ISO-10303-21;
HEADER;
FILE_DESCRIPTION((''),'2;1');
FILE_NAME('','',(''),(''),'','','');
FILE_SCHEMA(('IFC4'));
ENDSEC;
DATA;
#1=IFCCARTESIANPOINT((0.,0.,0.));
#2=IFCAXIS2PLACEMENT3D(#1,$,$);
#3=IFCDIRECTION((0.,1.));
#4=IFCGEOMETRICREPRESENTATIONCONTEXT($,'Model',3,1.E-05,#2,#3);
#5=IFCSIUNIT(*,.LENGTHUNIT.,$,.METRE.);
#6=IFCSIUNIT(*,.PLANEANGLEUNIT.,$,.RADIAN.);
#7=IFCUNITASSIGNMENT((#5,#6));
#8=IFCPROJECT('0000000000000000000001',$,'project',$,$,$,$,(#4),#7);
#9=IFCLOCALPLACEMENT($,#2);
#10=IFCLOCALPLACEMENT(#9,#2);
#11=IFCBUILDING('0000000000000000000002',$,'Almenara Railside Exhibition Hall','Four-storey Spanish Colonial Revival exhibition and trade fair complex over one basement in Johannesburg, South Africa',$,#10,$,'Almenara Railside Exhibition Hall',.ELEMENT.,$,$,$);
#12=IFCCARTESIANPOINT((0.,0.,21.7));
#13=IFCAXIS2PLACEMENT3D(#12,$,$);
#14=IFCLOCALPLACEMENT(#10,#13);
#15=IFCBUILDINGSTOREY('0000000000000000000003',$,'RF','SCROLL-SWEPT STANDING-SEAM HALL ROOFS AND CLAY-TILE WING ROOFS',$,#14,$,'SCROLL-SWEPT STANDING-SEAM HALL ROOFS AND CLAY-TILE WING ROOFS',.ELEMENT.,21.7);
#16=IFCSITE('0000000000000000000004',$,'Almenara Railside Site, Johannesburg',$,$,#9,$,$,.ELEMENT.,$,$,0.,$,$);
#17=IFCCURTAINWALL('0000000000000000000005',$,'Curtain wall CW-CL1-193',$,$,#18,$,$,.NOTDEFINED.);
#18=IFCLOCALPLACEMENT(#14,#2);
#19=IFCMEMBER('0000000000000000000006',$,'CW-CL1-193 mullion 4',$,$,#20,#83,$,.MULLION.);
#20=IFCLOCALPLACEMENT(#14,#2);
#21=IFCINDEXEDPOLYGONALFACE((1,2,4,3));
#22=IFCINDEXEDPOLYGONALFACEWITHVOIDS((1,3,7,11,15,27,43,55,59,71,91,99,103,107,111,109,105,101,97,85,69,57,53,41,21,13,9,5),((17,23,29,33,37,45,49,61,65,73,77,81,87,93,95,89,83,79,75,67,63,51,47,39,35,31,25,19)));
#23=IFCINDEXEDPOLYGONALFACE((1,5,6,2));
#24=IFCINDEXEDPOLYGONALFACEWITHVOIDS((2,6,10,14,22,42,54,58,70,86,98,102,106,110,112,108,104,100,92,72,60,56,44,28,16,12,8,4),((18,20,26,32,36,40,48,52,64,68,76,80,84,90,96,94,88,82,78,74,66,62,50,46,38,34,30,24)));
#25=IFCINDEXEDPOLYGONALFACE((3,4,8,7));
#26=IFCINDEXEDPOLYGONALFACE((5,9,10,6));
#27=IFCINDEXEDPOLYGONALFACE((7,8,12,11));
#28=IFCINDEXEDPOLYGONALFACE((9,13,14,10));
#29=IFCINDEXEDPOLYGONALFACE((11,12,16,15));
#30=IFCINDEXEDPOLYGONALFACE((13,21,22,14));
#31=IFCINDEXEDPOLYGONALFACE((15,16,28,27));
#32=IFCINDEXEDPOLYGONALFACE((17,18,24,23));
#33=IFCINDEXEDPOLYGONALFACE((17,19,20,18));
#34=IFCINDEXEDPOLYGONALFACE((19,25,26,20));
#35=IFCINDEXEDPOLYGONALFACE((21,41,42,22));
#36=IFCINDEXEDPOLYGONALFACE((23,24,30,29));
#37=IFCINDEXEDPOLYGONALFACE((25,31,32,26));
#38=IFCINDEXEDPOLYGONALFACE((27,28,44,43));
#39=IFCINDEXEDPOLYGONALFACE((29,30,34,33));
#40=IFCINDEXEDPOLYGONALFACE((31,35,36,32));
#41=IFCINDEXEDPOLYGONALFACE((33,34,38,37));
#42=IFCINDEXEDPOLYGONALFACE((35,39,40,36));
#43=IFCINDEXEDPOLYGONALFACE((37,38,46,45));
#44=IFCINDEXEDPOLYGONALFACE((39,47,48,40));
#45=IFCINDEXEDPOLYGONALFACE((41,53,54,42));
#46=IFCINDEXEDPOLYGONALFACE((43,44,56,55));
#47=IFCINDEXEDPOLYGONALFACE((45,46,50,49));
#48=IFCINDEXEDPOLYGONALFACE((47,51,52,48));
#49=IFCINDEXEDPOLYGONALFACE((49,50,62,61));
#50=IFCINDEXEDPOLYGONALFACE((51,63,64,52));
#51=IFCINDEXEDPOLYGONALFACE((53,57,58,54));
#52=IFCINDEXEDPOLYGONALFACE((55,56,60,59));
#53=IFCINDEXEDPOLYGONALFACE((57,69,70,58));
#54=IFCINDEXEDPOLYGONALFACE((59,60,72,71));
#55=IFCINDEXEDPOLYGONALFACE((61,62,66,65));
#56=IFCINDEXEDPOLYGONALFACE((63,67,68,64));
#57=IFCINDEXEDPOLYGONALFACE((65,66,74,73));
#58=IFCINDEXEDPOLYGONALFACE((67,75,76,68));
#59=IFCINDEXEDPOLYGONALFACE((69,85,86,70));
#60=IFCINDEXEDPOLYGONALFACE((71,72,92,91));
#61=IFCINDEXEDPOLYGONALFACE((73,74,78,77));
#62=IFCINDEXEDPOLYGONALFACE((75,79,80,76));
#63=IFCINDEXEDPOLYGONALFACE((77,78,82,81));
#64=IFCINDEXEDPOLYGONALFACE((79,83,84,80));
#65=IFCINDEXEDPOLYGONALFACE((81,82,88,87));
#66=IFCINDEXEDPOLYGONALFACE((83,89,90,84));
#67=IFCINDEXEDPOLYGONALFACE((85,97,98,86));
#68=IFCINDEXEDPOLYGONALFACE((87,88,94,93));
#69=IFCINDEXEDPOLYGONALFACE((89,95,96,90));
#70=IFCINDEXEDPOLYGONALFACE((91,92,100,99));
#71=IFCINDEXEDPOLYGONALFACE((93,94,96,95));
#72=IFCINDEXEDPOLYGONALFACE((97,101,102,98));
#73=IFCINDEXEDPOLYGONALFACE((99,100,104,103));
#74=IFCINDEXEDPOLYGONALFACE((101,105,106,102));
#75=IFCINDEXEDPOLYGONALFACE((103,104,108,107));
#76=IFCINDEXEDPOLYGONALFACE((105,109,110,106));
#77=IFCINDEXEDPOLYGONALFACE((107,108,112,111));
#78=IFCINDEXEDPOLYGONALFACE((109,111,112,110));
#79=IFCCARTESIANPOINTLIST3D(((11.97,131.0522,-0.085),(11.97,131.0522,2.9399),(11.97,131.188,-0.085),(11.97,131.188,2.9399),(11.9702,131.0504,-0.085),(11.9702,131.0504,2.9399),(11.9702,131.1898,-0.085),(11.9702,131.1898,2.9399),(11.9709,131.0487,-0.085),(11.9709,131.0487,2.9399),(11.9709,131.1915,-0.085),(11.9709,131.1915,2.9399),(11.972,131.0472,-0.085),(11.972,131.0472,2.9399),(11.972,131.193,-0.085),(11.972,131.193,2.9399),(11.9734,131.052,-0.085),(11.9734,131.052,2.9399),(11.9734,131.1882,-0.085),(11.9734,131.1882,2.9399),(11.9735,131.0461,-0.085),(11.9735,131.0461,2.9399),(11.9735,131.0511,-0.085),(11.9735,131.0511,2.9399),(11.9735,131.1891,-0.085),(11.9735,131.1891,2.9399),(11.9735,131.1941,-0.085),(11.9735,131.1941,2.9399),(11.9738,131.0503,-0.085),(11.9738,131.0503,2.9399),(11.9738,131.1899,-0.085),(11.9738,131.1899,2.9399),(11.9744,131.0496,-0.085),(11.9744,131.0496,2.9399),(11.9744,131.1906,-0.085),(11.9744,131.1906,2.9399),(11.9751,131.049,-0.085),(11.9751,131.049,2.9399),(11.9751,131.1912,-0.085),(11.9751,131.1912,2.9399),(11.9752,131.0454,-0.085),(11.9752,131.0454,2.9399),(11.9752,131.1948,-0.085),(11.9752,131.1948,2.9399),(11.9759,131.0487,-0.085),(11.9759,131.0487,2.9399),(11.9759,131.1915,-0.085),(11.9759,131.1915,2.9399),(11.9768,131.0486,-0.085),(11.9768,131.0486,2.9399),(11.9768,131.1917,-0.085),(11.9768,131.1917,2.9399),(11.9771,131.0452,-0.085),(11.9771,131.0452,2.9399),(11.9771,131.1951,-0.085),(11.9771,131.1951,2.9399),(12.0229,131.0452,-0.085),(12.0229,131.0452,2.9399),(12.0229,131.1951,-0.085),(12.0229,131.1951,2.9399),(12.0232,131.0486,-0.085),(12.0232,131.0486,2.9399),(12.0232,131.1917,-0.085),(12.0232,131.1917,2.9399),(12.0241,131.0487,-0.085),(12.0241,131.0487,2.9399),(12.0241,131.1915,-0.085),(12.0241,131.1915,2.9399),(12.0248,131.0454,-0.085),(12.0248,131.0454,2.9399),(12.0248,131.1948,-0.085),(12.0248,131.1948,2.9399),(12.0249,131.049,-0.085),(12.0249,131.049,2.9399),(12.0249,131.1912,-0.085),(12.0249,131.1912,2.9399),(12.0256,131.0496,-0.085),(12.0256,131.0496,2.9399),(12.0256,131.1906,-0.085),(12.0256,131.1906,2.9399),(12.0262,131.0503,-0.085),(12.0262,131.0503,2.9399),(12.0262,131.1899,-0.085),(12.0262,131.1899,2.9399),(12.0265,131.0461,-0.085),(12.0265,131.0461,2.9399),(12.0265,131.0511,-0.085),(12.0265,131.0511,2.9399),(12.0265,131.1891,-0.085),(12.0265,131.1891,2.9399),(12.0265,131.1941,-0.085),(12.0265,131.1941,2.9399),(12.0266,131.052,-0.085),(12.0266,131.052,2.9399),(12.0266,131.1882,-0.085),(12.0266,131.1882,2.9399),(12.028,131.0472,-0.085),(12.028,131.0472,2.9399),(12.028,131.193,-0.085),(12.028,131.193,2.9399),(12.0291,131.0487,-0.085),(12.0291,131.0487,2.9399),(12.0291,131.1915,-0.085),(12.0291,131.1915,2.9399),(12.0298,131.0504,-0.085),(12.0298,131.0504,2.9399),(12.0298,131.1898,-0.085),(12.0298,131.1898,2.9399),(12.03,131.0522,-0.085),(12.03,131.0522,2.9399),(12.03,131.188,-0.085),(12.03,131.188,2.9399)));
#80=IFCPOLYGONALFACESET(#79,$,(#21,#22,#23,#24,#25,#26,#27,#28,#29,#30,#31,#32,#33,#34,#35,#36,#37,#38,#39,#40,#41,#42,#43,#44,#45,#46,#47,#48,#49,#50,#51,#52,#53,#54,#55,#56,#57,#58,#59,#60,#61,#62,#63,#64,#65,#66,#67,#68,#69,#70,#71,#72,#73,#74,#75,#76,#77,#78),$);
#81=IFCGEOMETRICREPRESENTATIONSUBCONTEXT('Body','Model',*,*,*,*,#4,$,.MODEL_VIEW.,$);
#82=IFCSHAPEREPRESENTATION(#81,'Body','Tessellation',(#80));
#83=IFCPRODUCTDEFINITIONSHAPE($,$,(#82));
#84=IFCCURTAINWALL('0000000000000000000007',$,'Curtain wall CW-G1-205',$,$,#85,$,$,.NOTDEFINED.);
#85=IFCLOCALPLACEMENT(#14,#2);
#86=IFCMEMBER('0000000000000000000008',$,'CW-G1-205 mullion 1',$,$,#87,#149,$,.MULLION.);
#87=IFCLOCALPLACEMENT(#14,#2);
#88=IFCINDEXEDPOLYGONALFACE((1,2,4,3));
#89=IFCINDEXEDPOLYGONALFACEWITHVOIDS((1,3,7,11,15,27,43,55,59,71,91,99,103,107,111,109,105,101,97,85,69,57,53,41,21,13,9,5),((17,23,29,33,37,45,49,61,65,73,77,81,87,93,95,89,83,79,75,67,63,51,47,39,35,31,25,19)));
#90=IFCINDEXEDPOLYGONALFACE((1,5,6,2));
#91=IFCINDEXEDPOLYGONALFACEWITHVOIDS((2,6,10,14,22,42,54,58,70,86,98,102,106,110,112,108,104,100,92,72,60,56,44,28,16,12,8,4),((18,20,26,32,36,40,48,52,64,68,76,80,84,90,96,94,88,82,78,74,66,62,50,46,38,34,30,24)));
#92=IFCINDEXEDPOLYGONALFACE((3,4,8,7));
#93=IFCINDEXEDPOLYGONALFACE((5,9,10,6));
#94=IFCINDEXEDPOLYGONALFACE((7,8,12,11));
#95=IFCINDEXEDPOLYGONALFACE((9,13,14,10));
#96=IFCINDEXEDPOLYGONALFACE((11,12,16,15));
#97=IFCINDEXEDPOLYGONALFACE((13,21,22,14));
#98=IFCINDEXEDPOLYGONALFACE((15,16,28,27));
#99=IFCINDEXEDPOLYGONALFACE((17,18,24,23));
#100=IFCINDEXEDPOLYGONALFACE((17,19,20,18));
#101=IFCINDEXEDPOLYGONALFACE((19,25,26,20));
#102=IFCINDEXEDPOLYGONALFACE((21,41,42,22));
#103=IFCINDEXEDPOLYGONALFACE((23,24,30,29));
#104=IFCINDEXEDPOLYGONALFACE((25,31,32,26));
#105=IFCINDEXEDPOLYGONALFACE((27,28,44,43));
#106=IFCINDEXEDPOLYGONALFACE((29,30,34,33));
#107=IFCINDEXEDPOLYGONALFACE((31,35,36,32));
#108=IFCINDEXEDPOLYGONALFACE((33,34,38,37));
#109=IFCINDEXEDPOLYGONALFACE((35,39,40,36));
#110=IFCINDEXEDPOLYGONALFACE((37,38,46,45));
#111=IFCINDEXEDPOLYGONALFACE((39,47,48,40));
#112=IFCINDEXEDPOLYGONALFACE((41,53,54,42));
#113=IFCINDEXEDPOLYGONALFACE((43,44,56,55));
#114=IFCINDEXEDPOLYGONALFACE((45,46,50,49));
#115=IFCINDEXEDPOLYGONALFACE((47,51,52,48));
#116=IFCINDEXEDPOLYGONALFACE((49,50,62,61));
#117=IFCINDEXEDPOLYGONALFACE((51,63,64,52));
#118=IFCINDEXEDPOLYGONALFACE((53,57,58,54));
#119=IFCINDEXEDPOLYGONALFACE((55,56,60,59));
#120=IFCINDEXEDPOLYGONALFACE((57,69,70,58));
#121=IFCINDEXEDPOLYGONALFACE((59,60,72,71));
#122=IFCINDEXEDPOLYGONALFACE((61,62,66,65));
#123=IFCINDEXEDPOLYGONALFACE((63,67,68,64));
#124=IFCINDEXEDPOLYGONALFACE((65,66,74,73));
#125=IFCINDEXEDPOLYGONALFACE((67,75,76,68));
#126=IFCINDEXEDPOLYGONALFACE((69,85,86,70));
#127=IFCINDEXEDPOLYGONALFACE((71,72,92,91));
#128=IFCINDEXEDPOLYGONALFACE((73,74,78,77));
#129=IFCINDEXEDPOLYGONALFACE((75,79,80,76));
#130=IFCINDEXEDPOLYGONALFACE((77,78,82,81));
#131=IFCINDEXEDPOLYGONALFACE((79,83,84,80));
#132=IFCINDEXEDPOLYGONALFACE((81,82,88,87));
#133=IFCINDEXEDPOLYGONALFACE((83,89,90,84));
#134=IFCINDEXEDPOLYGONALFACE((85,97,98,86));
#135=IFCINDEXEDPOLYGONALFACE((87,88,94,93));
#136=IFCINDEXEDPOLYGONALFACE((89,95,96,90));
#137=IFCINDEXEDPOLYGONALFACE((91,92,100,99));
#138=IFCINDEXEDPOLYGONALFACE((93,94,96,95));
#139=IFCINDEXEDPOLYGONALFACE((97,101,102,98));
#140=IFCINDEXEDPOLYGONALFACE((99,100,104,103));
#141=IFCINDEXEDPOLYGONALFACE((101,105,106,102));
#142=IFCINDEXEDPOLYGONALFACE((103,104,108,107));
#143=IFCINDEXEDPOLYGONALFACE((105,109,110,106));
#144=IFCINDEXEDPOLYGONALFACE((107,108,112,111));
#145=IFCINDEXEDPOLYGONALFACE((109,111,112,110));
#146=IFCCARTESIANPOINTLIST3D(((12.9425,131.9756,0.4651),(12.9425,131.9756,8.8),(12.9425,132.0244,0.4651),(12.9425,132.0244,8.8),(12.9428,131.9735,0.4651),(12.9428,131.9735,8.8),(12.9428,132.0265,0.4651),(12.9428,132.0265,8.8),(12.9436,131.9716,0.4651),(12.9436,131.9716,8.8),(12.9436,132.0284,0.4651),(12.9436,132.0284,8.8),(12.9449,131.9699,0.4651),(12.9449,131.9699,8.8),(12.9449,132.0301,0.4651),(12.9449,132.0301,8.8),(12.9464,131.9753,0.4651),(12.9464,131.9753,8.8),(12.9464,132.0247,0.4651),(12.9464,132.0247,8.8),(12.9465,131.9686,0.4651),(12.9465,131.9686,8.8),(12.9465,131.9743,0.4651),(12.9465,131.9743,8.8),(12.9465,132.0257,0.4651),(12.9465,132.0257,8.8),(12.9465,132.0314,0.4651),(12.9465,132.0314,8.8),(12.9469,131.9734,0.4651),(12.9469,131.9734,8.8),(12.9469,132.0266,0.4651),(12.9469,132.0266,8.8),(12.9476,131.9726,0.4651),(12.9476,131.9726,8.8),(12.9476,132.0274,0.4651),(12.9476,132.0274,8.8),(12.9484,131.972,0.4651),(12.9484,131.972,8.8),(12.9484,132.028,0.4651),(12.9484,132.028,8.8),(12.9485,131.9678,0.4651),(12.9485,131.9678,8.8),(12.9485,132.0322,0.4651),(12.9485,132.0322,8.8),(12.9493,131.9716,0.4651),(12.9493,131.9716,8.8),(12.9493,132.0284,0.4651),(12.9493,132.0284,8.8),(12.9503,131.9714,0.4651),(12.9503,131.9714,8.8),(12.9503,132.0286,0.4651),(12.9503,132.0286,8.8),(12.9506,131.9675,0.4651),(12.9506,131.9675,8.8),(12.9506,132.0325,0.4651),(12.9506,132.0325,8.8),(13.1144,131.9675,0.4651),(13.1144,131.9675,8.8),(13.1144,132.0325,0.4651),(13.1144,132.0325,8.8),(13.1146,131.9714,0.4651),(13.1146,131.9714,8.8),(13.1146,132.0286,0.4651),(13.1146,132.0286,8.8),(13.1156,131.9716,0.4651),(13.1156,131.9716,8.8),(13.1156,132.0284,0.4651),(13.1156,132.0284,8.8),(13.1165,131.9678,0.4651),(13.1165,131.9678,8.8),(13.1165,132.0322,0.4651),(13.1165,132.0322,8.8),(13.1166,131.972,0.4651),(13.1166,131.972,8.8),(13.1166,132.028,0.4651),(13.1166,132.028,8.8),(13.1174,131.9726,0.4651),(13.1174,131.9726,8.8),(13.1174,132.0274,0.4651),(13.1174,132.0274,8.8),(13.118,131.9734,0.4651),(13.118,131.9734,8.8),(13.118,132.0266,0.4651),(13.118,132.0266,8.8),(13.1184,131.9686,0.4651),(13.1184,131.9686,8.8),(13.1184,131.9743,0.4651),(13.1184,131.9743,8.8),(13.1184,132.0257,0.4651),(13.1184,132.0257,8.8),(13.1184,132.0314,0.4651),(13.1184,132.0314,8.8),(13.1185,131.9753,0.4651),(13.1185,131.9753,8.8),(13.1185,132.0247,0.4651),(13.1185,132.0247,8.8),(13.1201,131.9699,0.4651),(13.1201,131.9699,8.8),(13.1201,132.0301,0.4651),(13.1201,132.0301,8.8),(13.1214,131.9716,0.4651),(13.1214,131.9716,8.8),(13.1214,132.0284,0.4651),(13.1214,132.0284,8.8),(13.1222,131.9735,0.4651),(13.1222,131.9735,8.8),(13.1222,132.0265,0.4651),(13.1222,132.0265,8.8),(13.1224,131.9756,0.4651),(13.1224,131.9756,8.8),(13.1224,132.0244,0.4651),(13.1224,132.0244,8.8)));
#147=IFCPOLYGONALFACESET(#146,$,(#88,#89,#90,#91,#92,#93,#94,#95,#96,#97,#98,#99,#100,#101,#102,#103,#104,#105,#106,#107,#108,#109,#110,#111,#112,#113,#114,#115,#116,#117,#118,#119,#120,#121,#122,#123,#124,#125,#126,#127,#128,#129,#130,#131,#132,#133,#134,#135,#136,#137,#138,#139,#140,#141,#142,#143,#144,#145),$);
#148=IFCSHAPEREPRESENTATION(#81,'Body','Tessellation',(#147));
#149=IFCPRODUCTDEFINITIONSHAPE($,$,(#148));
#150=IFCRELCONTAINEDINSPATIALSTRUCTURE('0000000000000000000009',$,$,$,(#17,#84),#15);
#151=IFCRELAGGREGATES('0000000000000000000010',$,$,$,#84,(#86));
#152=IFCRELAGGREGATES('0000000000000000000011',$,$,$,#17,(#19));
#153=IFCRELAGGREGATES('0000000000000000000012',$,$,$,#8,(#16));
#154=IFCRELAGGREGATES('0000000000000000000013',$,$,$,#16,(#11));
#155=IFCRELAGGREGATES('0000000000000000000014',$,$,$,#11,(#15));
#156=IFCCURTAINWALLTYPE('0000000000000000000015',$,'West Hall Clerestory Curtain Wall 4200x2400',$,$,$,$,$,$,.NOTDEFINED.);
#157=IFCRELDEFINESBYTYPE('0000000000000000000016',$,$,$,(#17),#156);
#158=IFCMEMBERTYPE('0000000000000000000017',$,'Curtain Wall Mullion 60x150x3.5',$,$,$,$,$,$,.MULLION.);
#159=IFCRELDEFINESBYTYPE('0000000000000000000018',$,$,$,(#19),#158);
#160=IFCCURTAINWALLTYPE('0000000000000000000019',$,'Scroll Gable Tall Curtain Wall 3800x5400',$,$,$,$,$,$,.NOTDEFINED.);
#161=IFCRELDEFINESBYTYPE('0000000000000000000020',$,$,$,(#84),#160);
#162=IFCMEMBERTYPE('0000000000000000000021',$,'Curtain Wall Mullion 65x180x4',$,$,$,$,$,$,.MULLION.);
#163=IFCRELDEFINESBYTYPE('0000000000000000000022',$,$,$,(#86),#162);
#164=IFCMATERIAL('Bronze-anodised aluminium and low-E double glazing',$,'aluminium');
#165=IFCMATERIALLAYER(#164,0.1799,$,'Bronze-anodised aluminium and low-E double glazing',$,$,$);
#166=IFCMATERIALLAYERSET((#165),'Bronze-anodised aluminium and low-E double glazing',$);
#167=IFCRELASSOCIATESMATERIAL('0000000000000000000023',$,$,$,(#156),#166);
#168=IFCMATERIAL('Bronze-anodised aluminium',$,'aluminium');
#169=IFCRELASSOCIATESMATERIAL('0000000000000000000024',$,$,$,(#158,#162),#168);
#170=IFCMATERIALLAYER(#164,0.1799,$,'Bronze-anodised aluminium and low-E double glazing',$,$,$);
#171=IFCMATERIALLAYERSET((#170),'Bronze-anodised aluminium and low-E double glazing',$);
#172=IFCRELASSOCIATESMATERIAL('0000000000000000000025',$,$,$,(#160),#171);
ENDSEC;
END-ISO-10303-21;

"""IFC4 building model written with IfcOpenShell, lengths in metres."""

from ifc_helpers import new_model, si_unit, direction, frame, origin, origin_2d, place, context, subcontext, project, spatial, hollow_rectangle, extrude, material, layer, layer_set, material_profile, profile_set, type_object, element, aggregate, save


model = new_model("IFC4")

# Units and contexts
model_context = context("Model", 3, precision=1e-05, world=origin(), true_north=direction((0.0, 1.0)))
body_context = subcontext(model_context, "Body", "Model", "MODEL_VIEW")
ifc_project = project(units=[si_unit("LENGTHUNIT", "METRE"), si_unit("PLANEANGLEUNIT", "RADIAN")], contexts=[model_context])

# Site, building, storey
site_placement = place(None, origin())
site = spatial("IfcSite", under=ifc_project, at=site_placement, Name="Almenara Railside Site, Johannesburg", CompositionType="ELEMENT", RefElevation=0.0)
building_placement = place(site_placement, origin())
building = spatial("IfcBuilding", under=site, at=building_placement, Name="Almenara Railside Exhibition Hall", Description="Four-storey Spanish Colonial Revival exhibition and trade fair complex over one basement in Johannesburg, South Africa", LongName="Almenara Railside Exhibition Hall", CompositionType="ELEMENT")
storey_placement = place(building_placement, frame((0.0, 0.0, 21.7)))
storey = spatial("IfcBuildingStorey", under=building, at=storey_placement, Name="RF", Description="SCROLL-SWEPT STANDING-SEAM HALL ROOFS AND CLAY-TILE WING ROOFS", LongName="SCROLL-SWEPT STANDING-SEAM HALL ROOFS AND CLAY-TILE WING ROOFS", CompositionType="ELEMENT", Elevation=21.7)

# Curtain walls, members
ifc_material_1 = material(Name="Bronze-anodised aluminium and low-E double glazing", Category="aluminium")
ifc_layer_1 = layer(ifc_material_1, 0.1799, Name="Bronze-anodised aluminium and low-E double glazing")
ifc_layer_set_1 = layer_set([ifc_layer_1], Name="Bronze-anodised aluminium and low-E double glazing")
curtain_wall_type_1 = type_object("IfcCurtainWallType", Name="West Hall Clerestory Curtain Wall 4200x2400", PredefinedType="NOTDEFINED", material=ifc_layer_set_1)
curtain_wall_1_placement = place(storey_placement, origin())
curtain_wall_1 = element("IfcCurtainWall", 1, at=curtain_wall_1_placement, inside=storey, type_object=curtain_wall_type_1, Name="Curtain wall CW-CL1-193", PredefinedType="NOTDEFINED")
ifc_material_2 = material(Name="Bronze-anodised aluminium", Category="aluminium")
ifc_material_profile_1 = material_profile(ifc_material_2, hollow_rectangle(XDim=0.0601, YDim=0.1499, WallThickness=0.0034, InnerFilletRadius=0.0034, OuterFilletRadius=0.0071, at=origin_2d()), Name="ALU-MUL 60x150x3.5")
ifc_profile_set_1 = profile_set([ifc_material_profile_1], Name="Bronze-anodised aluminium")
member_type_1 = type_object("IfcMemberType", Name="Curtain Wall Mullion 60x150x3.5", PredefinedType="MULLION", material=ifc_profile_set_1)
member_1_placement = place(storey_placement, frame((12.0, 131.1201, -0.085), z_axis=(0.0, 0.0, 1.0), x_axis=(-1.0, 0.0, 0.0)))
member_1 = element("IfcMember", 2, at=member_1_placement, type_object=member_type_1, Name="CW-CL1-193 mullion 4", PredefinedType="MULLION", context=body_context, shape_type="SweptSolid", body=[
    extrude(hollow_rectangle(XDim=0.0601, YDim=0.1499, WallThickness=0.0034, InnerFilletRadius=0.0034, OuterFilletRadius=0.0071, at=origin_2d()), origin(), (0.0, 0.0, 1.0), 3.0249),
])
ifc_layer_2 = layer(ifc_material_1, 0.1799, Name="Bronze-anodised aluminium and low-E double glazing")
ifc_layer_set_2 = layer_set([ifc_layer_2], Name="Bronze-anodised aluminium and low-E double glazing")
curtain_wall_type_2 = type_object("IfcCurtainWallType", Name="Scroll Gable Tall Curtain Wall 3800x5400", PredefinedType="NOTDEFINED", material=ifc_layer_set_2)
curtain_wall_2_placement = place(storey_placement, origin())
curtain_wall_2 = element("IfcCurtainWall", 3, at=curtain_wall_2_placement, inside=storey, type_object=curtain_wall_type_2, Name="Curtain wall CW-G1-205", PredefinedType="NOTDEFINED")
ifc_material_profile_2 = material_profile(ifc_material_2, hollow_rectangle(XDim=0.0649, YDim=0.1799, WallThickness=0.0039, InnerFilletRadius=0.0039, OuterFilletRadius=0.0081, at=origin_2d()), Name="ALU-MUL 65x180x4")
ifc_profile_set_2 = profile_set([ifc_material_profile_2], Name="Bronze-anodised aluminium")
member_type_2 = type_object("IfcMemberType", Name="Curtain Wall Mullion 65x180x4", PredefinedType="MULLION", material=ifc_profile_set_2)
member_2_placement = place(storey_placement, frame((13.0325, 132.0, 0.4651), z_axis=(0.0, 0.0, 1.0), x_axis=(0.0, 1.0, 0.0)))
member_2 = element("IfcMember", 4, at=member_2_placement, type_object=member_type_2, Name="CW-G1-205 mullion 1", PredefinedType="MULLION", context=body_context, shape_type="SweptSolid", body=[
    extrude(hollow_rectangle(XDim=0.0649, YDim=0.1799, WallThickness=0.0039, InnerFilletRadius=0.0039, OuterFilletRadius=0.0081, at=origin_2d()), origin(), (0.0, 0.0, 1.0), 8.335),
])

aggregate(curtain_wall_2, [member_2])
aggregate(curtain_wall_1, [member_1])

save(model, "model.ifc")
